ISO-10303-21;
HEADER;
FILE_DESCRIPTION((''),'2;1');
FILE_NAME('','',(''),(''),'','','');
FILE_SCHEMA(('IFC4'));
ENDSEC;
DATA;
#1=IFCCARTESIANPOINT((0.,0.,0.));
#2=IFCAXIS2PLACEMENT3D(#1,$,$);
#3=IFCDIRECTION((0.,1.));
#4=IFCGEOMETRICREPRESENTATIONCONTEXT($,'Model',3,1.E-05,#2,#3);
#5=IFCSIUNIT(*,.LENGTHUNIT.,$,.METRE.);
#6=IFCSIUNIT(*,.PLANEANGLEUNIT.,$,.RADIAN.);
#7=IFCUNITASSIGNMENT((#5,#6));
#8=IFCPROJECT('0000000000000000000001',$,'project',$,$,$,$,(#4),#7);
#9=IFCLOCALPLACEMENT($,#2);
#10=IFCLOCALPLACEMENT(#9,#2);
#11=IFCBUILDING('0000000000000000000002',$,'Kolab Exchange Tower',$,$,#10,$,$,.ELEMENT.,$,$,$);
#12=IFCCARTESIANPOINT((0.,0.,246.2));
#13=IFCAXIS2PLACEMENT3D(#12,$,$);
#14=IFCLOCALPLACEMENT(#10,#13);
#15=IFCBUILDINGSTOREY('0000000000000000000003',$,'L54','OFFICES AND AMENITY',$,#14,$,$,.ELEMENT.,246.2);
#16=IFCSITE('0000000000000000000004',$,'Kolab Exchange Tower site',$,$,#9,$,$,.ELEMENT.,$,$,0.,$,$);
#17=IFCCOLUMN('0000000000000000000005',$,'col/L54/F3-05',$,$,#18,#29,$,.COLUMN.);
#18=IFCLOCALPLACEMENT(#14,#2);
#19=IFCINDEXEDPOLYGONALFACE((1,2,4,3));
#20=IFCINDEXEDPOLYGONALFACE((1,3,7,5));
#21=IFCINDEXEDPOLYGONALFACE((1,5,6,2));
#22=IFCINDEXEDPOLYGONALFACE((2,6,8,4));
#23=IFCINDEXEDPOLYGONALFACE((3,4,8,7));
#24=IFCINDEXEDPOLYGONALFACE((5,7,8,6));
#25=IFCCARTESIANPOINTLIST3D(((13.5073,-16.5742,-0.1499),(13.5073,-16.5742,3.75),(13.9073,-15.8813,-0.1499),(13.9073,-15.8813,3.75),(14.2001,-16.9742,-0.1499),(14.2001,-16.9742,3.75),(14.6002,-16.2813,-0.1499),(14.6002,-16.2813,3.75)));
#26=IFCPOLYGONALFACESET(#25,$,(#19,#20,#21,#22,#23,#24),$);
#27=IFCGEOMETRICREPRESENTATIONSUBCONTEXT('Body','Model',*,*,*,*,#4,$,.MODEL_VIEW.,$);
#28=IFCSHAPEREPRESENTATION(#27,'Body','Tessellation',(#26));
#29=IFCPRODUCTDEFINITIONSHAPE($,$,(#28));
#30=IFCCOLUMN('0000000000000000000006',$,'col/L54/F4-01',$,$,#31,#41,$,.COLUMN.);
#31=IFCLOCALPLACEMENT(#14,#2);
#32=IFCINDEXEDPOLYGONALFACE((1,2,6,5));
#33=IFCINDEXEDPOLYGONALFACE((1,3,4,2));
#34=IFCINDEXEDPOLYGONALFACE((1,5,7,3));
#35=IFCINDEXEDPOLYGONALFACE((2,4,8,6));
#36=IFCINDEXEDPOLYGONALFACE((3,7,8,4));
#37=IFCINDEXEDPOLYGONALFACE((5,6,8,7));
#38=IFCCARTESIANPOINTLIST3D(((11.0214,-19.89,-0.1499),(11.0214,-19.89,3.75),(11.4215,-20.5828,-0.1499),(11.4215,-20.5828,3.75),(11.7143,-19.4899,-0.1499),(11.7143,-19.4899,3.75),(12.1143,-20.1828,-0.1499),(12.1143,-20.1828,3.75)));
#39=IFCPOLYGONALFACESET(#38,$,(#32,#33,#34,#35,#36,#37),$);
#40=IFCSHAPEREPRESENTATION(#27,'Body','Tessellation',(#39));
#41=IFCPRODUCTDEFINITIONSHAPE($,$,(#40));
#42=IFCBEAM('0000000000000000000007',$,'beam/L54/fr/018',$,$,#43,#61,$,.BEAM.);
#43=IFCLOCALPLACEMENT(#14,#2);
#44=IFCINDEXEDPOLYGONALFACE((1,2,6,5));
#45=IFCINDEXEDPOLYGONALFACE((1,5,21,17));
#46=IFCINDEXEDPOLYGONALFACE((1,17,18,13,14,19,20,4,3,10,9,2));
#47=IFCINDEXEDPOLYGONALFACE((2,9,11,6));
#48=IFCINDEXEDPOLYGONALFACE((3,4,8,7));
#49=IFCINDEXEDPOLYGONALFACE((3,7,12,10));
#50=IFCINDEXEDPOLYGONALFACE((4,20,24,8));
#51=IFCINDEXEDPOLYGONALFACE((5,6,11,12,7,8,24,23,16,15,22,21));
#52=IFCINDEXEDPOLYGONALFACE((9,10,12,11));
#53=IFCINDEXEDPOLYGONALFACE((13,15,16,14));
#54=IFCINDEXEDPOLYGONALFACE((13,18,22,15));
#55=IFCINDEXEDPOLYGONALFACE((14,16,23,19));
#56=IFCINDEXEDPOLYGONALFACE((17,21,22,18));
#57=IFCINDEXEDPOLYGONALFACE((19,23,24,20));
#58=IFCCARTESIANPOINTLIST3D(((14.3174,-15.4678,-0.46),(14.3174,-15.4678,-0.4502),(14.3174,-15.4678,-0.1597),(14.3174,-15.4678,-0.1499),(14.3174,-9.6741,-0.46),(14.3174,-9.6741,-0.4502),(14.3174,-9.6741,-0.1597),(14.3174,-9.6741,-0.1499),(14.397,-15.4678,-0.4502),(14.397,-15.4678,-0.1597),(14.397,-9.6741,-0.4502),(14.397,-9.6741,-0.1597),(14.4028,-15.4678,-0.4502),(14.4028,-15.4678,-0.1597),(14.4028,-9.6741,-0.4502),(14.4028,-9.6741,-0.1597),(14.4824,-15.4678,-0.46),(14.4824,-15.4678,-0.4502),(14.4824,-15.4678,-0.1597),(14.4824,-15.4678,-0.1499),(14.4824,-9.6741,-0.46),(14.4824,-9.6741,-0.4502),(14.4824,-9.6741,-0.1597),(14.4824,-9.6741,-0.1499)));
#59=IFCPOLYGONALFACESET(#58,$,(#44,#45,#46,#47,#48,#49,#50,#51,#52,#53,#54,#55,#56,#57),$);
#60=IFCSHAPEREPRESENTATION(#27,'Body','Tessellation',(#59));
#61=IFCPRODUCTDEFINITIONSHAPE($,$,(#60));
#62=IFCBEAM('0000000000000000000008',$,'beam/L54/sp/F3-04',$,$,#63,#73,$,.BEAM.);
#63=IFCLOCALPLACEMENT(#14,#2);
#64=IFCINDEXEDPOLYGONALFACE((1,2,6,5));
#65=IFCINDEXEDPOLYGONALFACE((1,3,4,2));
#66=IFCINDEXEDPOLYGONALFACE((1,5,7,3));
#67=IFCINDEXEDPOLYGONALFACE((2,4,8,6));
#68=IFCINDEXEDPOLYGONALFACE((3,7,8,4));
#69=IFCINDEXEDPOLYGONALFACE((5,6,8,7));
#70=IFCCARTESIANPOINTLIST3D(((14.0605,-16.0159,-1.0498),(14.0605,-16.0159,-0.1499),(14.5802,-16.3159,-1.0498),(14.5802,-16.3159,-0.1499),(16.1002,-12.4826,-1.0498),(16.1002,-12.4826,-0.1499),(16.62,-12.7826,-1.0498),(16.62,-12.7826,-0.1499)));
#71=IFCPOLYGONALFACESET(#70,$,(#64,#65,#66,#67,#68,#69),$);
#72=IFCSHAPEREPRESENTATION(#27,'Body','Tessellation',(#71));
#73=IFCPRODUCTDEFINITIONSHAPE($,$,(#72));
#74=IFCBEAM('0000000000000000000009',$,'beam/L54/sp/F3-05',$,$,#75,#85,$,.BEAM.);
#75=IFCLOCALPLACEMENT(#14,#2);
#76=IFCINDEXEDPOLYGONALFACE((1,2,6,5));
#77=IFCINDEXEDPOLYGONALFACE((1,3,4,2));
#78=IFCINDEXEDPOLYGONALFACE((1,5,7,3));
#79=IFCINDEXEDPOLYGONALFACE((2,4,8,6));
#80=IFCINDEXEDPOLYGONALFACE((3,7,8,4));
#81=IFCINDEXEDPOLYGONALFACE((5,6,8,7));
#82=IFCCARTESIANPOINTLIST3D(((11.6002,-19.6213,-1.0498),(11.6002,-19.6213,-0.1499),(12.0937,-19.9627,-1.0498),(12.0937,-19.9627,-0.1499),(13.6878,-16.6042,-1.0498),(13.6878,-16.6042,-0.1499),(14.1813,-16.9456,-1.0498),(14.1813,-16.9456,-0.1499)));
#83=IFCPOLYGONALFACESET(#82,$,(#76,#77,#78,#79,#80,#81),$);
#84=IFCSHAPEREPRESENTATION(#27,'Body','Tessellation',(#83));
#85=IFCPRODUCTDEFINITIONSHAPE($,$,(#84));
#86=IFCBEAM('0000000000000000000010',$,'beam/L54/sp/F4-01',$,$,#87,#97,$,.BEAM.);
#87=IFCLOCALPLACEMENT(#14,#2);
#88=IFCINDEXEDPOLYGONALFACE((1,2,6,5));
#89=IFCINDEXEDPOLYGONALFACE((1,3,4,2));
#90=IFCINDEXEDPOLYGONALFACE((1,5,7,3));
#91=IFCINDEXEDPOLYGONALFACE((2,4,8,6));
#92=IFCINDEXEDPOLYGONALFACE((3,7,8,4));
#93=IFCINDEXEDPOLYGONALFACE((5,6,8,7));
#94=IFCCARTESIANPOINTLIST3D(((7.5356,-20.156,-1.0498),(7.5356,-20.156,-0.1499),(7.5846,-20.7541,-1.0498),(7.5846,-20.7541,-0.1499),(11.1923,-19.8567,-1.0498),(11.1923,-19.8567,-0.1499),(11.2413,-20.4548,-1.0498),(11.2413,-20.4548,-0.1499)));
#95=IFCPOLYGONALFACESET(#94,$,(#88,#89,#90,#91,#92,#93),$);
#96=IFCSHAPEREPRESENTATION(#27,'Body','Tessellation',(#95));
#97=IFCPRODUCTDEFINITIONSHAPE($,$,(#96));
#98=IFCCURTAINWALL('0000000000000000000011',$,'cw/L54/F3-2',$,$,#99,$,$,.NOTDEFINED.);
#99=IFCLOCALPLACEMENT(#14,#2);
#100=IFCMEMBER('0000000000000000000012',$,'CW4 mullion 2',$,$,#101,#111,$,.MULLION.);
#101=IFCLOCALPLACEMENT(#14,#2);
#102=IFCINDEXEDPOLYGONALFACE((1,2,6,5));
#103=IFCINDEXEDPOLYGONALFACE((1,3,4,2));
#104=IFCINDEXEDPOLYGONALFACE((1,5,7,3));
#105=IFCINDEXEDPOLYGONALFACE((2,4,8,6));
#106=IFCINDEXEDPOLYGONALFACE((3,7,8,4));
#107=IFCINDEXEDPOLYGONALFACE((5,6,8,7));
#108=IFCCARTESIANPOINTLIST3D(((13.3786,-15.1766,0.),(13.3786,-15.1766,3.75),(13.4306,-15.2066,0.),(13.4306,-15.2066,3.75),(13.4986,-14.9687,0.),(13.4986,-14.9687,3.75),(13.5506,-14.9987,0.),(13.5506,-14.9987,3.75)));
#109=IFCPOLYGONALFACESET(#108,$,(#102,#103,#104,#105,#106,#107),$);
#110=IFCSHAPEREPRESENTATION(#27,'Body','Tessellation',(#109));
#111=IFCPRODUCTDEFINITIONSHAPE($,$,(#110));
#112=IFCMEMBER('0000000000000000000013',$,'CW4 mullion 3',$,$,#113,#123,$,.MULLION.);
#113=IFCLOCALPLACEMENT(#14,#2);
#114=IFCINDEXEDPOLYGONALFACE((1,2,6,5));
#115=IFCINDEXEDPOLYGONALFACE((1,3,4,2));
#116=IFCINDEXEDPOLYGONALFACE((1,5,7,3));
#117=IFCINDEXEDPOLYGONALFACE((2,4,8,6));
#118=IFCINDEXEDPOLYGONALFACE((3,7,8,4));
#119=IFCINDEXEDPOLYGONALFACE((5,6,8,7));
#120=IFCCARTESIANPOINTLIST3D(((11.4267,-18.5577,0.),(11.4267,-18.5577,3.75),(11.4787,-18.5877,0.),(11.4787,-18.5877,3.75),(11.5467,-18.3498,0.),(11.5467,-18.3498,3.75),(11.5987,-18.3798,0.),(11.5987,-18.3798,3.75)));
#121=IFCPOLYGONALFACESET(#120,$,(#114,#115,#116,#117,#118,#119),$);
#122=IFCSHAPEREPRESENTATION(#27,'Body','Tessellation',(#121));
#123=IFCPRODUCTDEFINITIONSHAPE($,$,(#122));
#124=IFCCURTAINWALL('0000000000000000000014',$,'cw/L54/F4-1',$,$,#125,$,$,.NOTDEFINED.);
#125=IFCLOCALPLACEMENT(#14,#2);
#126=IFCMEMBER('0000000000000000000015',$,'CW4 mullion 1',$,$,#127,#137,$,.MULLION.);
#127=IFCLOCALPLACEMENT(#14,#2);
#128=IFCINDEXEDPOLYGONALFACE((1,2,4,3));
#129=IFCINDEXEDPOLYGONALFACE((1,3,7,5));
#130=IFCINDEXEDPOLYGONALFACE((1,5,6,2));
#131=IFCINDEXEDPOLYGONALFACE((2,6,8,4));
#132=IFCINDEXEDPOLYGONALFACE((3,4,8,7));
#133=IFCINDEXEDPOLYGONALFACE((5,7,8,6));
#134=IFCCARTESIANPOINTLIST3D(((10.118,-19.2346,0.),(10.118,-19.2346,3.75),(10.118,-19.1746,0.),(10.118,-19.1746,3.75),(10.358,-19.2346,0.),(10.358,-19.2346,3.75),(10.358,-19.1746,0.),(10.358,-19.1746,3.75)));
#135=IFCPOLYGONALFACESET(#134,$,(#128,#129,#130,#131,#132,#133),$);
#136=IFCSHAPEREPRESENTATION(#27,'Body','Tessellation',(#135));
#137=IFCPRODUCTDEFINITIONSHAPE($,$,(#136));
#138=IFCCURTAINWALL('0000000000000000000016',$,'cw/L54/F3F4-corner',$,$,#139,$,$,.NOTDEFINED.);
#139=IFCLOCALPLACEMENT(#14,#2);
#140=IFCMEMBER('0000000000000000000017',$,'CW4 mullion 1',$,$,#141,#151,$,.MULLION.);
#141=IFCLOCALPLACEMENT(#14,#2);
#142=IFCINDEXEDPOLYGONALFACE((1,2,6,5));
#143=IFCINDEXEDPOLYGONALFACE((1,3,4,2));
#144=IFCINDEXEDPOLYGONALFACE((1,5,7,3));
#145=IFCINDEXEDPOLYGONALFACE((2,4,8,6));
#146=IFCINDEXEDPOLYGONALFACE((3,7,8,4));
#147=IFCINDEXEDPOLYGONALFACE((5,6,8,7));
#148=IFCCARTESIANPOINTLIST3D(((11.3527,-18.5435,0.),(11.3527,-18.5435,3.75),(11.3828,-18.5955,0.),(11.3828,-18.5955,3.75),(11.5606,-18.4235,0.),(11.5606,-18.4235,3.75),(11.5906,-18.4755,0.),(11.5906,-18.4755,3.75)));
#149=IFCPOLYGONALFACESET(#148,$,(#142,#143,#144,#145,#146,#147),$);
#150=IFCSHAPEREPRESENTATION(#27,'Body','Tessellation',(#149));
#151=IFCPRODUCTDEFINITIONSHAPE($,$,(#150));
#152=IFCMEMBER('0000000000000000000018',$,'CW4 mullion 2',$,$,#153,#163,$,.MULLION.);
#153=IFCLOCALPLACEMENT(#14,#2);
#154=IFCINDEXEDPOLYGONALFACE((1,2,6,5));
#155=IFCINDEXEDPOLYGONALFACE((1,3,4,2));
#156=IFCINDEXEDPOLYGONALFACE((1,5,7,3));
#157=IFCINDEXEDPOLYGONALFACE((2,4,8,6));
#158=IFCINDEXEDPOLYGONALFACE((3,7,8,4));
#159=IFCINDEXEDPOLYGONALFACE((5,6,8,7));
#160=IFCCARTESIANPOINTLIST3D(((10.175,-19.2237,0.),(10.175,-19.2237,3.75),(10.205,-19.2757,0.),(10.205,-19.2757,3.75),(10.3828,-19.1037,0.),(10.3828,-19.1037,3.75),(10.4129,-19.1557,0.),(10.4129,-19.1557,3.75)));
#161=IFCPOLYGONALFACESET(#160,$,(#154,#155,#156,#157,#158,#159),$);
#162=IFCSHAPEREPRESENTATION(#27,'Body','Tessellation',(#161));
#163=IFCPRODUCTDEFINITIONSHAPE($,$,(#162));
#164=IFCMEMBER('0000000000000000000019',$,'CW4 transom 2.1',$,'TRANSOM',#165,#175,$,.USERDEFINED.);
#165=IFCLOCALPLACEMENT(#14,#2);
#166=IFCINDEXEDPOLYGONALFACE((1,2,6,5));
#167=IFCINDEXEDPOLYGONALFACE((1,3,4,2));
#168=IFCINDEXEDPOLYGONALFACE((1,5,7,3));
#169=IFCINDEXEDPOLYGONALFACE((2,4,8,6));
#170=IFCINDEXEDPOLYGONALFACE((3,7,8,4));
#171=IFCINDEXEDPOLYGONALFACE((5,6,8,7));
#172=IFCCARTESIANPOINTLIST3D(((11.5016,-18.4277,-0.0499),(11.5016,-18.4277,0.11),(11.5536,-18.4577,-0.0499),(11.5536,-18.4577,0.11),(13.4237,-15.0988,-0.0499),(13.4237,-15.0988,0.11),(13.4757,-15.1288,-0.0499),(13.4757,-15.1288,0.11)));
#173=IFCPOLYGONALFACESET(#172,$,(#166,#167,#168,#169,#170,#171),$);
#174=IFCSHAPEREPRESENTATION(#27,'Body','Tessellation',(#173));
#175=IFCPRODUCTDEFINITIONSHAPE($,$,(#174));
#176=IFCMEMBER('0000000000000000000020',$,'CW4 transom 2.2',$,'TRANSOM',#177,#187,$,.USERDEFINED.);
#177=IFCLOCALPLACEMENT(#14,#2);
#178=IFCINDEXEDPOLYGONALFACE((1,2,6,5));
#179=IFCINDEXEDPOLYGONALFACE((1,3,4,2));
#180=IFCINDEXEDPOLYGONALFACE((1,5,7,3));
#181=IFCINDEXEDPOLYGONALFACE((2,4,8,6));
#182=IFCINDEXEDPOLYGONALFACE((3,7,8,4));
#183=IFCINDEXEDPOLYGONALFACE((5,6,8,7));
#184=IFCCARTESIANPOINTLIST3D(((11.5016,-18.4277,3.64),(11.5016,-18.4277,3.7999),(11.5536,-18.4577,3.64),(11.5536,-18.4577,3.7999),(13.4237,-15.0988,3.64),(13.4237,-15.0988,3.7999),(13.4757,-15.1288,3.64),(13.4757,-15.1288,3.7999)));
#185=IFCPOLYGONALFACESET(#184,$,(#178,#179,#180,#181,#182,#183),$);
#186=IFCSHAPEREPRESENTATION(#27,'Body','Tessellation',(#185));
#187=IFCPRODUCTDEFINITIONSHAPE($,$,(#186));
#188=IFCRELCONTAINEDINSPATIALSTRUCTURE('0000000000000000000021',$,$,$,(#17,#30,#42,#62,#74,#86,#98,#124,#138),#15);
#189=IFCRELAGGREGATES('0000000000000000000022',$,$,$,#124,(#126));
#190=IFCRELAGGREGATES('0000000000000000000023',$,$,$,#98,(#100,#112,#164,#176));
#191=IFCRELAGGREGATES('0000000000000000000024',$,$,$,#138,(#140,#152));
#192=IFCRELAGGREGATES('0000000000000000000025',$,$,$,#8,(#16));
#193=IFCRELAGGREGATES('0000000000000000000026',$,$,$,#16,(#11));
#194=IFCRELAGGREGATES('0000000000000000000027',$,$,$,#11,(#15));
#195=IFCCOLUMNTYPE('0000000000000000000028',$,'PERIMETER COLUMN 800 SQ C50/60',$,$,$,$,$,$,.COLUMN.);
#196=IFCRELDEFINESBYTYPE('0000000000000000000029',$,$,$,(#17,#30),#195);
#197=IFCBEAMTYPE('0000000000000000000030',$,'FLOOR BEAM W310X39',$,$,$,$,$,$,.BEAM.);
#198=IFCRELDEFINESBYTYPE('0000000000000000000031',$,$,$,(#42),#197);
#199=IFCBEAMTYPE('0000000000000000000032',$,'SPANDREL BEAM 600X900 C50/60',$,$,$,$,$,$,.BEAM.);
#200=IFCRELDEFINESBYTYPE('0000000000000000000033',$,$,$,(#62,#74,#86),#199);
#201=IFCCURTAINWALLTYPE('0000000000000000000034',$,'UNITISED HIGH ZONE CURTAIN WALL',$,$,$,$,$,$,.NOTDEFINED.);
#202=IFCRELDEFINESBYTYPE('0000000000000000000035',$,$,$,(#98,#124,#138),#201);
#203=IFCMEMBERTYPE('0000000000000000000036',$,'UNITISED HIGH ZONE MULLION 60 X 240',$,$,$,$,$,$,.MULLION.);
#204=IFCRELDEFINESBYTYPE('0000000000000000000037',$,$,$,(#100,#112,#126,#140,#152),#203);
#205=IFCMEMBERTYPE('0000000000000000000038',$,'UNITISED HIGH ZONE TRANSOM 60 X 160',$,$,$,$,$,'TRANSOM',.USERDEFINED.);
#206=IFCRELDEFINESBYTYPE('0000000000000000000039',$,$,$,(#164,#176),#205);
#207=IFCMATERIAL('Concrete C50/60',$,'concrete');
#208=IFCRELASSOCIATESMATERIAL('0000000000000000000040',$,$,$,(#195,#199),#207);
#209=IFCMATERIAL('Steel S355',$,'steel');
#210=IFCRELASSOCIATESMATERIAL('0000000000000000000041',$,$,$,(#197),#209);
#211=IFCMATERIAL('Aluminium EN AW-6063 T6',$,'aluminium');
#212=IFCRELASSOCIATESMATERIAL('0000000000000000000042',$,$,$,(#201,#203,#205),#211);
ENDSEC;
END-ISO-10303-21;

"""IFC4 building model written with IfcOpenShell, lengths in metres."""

from ifc_helpers import new_model, si_unit, direction, frame, origin, origin_2d, place, context, subcontext, project, spatial, rectangle, i_section, extrude, material, material_profile, profile_set, type_object, element, aggregate, save


model = new_model("IFC4")

# Units and contexts
model_context = context("Model", 3, precision=1e-05, world=origin(), true_north=direction((0.0, 1.0)))
body_context = subcontext(model_context, "Body", "Model", "MODEL_VIEW")
ifc_project = project(units=[si_unit("LENGTHUNIT", "METRE"), si_unit("PLANEANGLEUNIT", "RADIAN")], contexts=[model_context])

# Site, building, storey
site_placement = place(None, origin())
site = spatial("IfcSite", under=ifc_project, at=site_placement, Name="Kolab Exchange Tower site", CompositionType="ELEMENT", RefElevation=0.0)
building_placement = place(site_placement, origin())
building = spatial("IfcBuilding", under=site, at=building_placement, Name="Kolab Exchange Tower", CompositionType="ELEMENT")
storey_placement = place(building_placement, frame((0.0, 0.0, 246.2)))
storey = spatial("IfcBuildingStorey", under=building, at=storey_placement, Name="L54", Description="OFFICES AND AMENITY", CompositionType="ELEMENT", Elevation=246.2)

# Columns
ifc_material_1 = material(Name="Concrete C50/60", Category="concrete")
ifc_material_profile_1 = material_profile(ifc_material_1, rectangle(XDim=0.8, YDim=0.8, at=origin_2d()), Name="RC800")
ifc_profile_set_1 = profile_set([ifc_material_profile_1], Name="Concrete C50/60")
column_type = type_object("IfcColumnType", Name="PERIMETER COLUMN 800 SQ C50/60", PredefinedType="COLUMN", material=ifc_profile_set_1)
for number, where, z_axis, x_axis, name in (
    (1, (14.0537, -16.4277, -0.1499), (0.0, 0.0, 1.0), (0.5, 0.866025, 0.0), "col/L54/F3-05"),
    (2, (11.5679, -20.0364, -0.1499), (0.0, 0.0, 1.0), (0.866025, 0.5, 0.0), "col/L54/F4-01"),
):
    element("IfcColumn", number, at=place(storey_placement, frame(where, z_axis=z_axis, x_axis=x_axis)), inside=storey, type_object=column_type, Name=name, PredefinedType="COLUMN", context=body_context, shape_type="SweptSolid", body=[
        extrude(rectangle(XDim=0.8, YDim=0.8, at=origin_2d()), origin(), (0.0, 0.0, 1.0), 3.8999),
    ])

# Beams
ifc_material_2 = material(Name="Steel S355", Category="steel")
ifc_material_profile_2 = material_profile(ifc_material_2, i_section(OverallWidth=0.165, OverallDepth=0.3101, WebThickness=0.0059, FlangeThickness=0.0098, at=origin_2d()), Name="W310X39")
ifc_profile_set_2 = profile_set([ifc_material_profile_2], Name="Steel S355")
beam_type_1 = type_object("IfcBeamType", Name="FLOOR BEAM W310X39", PredefinedType="BEAM", material=ifc_profile_set_2)
beam_1_placement = place(storey_placement, frame((14.3999, -15.4678, -0.3049), z_axis=(0.0, 1.0, 0.0), x_axis=(-1.0, 0.0, 0.0)))
element("IfcBeam", 3, at=beam_1_placement, inside=storey, type_object=beam_type_1, Name="beam/L54/fr/018", PredefinedType="BEAM", context=body_context, shape_type="SweptSolid", body=[
    extrude(i_section(OverallWidth=0.165, OverallDepth=0.3101, WebThickness=0.0059, FlangeThickness=0.0098, at=origin_2d()), origin(), (0.0, 0.0, 1.0), 5.7937),
])
ifc_material_profile_3 = material_profile(ifc_material_1, rectangle(XDim=0.6001, YDim=0.8999, at=origin_2d()), Name="RC600X900")
ifc_profile_set_3 = profile_set([ifc_material_profile_3], Name="Concrete C50/60")
beam_type_2 = type_object("IfcBeamType", Name="SPANDREL BEAM 600X900 C50/60", PredefinedType="BEAM", material=ifc_profile_set_3)
beam_2_placement = place(storey_placement, frame((16.3601, -12.6326, -0.5999), z_axis=(-0.499956, -0.866051, 0.0), x_axis=(0.866051, -0.499956, 0.0)))
element("IfcBeam", 4, at=beam_2_placement, inside=storey, type_object=beam_type_2, Name="beam/L54/sp/F3-04", PredefinedType="BEAM", context=body_context, shape_type="SweptSolid", body=[
    extrude(rectangle(XDim=0.6001, YDim=0.8999, at=origin_2d()), origin(), (0.0, 0.0, 1.0), 4.0798),
])
for number, where, z_axis, x_axis, name in (
    (5, (13.9346, -16.7749, -0.5999), (-0.569006, -0.822334, 0.0), (0.822334, -0.569006, 0.0), "beam/L54/sp/F3-05"),
    (6, (11.2168, -20.1558, -0.5999), (-0.996667, -0.081581, 0.0), (0.081581, -0.996667, 0.0), "beam/L54/sp/F4-01"),
):
    element("IfcBeam", number, at=place(storey_placement, frame(where, z_axis=z_axis, x_axis=x_axis)), inside=storey, type_object=beam_type_2, Name=name, PredefinedType="BEAM", context=body_context, shape_type="SweptSolid", body=[
        extrude(rectangle(XDim=0.6001, YDim=0.8999, at=origin_2d()), origin(), (0.0, 0.0, 1.0), 3.6689),
    ])

# Curtain wall, members
ifc_material_3 = material(Name="Aluminium EN AW-6063 T6", Category="aluminium")
curtain_wall_type = type_object("IfcCurtainWallType", Name="UNITISED HIGH ZONE CURTAIN WALL", PredefinedType="NOTDEFINED", material=ifc_material_3)
curtain_wall_1_placement = place(storey_placement, origin())
curtain_wall_1 = element("IfcCurtainWall", 7, at=curtain_wall_1_placement, inside=storey, type_object=curtain_wall_type, Name="cw/L54/F3-2", PredefinedType="NOTDEFINED")
ifc_material_profile_4 = material_profile(ifc_material_3, rectangle(XDim=0.0601, YDim=0.24, at=origin_2d()), Name="RECT 60X240")
ifc_profile_set_4 = profile_set([ifc_material_profile_4], Name="Aluminium EN AW-6063 T6")
member_type_1 = type_object("IfcMemberType", Name="UNITISED HIGH ZONE MULLION 60 X 240", PredefinedType="MULLION", material=ifc_profile_set_4)
member_1_placement = place(storey_placement, frame((13.4646, -15.0876, 0.0), z_axis=(0.0, 0.0, 1.0), x_axis=(0.866025, -0.5, 0.0)))
member_1 = element("IfcMember", 8, at=member_1_placement, type_object=member_type_1, Name="CW4 mullion 2", PredefinedType="MULLION", context=body_context, shape_type="SweptSolid", body=[
    extrude(rectangle(XDim=0.0601, YDim=0.24, at=origin_2d()), origin(), (0.0, 0.0, 1.0), 3.75),
])
member_2_placement = place(storey_placement, frame((11.5127, -18.4688, 0.0), z_axis=(0.0, 0.0, 1.0), x_axis=(0.866025, -0.5, 0.0)))
member_2 = element("IfcMember", 9, at=member_2_placement, type_object=member_type_1, Name="CW4 mullion 3", PredefinedType="MULLION", context=body_context, shape_type="SweptSolid", body=[
    extrude(rectangle(XDim=0.0601, YDim=0.24, at=origin_2d()), origin(), (0.0, 0.0, 1.0), 3.75),
])

# Curtain wall, member
curtain_wall_2_placement = place(storey_placement, origin())
curtain_wall_2 = element("IfcCurtainWall", 10, at=curtain_wall_2_placement, inside=storey, type_object=curtain_wall_type, Name="cw/L54/F4-1", PredefinedType="NOTDEFINED")
member_3_placement = place(storey_placement, frame((10.238, -19.2046, 0.0), z_axis=(0.0, 0.0, 1.0), x_axis=(0.0, -1.0, 0.0)))
member_3 = element("IfcMember", 11, at=member_3_placement, type_object=member_type_1, Name="CW4 mullion 1", PredefinedType="MULLION", context=body_context, shape_type="SweptSolid", body=[
    extrude(rectangle(XDim=0.0601, YDim=0.24, at=origin_2d()), origin(), (0.0, 0.0, 1.0), 3.75),
])

# Curtain wall, members
curtain_wall_3_placement = place(storey_placement, origin())
curtain_wall_3 = element("IfcCurtainWall", 12, at=curtain_wall_3_placement, inside=storey, type_object=curtain_wall_type, Name="cw/L54/F3F4-corner", PredefinedType="NOTDEFINED")
member_4_placement = place(storey_placement, frame((11.4717, -18.5095, 0.0), z_axis=(0.0, 0.0, 1.0), x_axis=(0.5, -0.866025, 0.0)))
member_4 = element("IfcMember", 13, at=member_4_placement, type_object=member_type_1, Name="CW4 mullion 1", PredefinedType="MULLION", context=body_context, shape_type="SweptSolid", body=[
    extrude(rectangle(XDim=0.0601, YDim=0.24, at=origin_2d()), origin(), (0.0, 0.0, 1.0), 3.75),
])
member_5_placement = place(storey_placement, frame((10.2939, -19.1897, 0.0), z_axis=(0.0, 0.0, 1.0), x_axis=(0.5, -0.866025, 0.0)))
member_5 = element("IfcMember", 14, at=member_5_placement, type_object=member_type_1, Name="CW4 mullion 2", PredefinedType="MULLION", context=body_context, shape_type="SweptSolid", body=[
    extrude(rectangle(XDim=0.0601, YDim=0.24, at=origin_2d()), origin(), (0.0, 0.0, 1.0), 3.75),
])

# Members
ifc_material_profile_5 = material_profile(ifc_material_3, rectangle(XDim=0.0601, YDim=0.1599, at=origin_2d()), Name="RECT 60X160")
ifc_profile_set_5 = profile_set([ifc_material_profile_5], Name="Aluminium EN AW-6063 T6")
member_type_2 = type_object("IfcMemberType", Name="UNITISED HIGH ZONE TRANSOM 60 X 160", ElementType="TRANSOM", PredefinedType="USERDEFINED", material=ifc_profile_set_5)
member_6_placement = place(storey_placement, frame((13.4497, -15.1138, 0.03), z_axis=(-0.500039, -0.866003, 0.0), x_axis=(0.866003, -0.500039, 0.0)))
member_6 = element("IfcMember", 15, at=member_6_placement, type_object=member_type_2, Name="CW4 transom 2.1", ObjectType="TRANSOM", PredefinedType="USERDEFINED", context=body_context, shape_type="SweptSolid", body=[
    extrude(rectangle(XDim=0.0601, YDim=0.1599, at=origin_2d()), origin(), (0.0, 0.0, 1.0), 3.844),
])
member_7_placement = place(storey_placement, frame((13.4497, -15.1138, 3.72), z_axis=(-0.500039, -0.866003, 0.0), x_axis=(0.866003, -0.500039, 0.0)))
member_7 = element("IfcMember", 16, at=member_7_placement, type_object=member_type_2, Name="CW4 transom 2.2", ObjectType="TRANSOM", PredefinedType="USERDEFINED", context=body_context, shape_type="SweptSolid", body=[
    extrude(rectangle(XDim=0.0601, YDim=0.1599, at=origin_2d()), origin(), (0.0, 0.0, 1.0), 3.844),
])
aggregate(curtain_wall_2, [member_3])

aggregate(curtain_wall_1, [member_1, member_2, member_6, member_7])
aggregate(curtain_wall_3, [member_4, member_5])

save(model, "model.ifc")
